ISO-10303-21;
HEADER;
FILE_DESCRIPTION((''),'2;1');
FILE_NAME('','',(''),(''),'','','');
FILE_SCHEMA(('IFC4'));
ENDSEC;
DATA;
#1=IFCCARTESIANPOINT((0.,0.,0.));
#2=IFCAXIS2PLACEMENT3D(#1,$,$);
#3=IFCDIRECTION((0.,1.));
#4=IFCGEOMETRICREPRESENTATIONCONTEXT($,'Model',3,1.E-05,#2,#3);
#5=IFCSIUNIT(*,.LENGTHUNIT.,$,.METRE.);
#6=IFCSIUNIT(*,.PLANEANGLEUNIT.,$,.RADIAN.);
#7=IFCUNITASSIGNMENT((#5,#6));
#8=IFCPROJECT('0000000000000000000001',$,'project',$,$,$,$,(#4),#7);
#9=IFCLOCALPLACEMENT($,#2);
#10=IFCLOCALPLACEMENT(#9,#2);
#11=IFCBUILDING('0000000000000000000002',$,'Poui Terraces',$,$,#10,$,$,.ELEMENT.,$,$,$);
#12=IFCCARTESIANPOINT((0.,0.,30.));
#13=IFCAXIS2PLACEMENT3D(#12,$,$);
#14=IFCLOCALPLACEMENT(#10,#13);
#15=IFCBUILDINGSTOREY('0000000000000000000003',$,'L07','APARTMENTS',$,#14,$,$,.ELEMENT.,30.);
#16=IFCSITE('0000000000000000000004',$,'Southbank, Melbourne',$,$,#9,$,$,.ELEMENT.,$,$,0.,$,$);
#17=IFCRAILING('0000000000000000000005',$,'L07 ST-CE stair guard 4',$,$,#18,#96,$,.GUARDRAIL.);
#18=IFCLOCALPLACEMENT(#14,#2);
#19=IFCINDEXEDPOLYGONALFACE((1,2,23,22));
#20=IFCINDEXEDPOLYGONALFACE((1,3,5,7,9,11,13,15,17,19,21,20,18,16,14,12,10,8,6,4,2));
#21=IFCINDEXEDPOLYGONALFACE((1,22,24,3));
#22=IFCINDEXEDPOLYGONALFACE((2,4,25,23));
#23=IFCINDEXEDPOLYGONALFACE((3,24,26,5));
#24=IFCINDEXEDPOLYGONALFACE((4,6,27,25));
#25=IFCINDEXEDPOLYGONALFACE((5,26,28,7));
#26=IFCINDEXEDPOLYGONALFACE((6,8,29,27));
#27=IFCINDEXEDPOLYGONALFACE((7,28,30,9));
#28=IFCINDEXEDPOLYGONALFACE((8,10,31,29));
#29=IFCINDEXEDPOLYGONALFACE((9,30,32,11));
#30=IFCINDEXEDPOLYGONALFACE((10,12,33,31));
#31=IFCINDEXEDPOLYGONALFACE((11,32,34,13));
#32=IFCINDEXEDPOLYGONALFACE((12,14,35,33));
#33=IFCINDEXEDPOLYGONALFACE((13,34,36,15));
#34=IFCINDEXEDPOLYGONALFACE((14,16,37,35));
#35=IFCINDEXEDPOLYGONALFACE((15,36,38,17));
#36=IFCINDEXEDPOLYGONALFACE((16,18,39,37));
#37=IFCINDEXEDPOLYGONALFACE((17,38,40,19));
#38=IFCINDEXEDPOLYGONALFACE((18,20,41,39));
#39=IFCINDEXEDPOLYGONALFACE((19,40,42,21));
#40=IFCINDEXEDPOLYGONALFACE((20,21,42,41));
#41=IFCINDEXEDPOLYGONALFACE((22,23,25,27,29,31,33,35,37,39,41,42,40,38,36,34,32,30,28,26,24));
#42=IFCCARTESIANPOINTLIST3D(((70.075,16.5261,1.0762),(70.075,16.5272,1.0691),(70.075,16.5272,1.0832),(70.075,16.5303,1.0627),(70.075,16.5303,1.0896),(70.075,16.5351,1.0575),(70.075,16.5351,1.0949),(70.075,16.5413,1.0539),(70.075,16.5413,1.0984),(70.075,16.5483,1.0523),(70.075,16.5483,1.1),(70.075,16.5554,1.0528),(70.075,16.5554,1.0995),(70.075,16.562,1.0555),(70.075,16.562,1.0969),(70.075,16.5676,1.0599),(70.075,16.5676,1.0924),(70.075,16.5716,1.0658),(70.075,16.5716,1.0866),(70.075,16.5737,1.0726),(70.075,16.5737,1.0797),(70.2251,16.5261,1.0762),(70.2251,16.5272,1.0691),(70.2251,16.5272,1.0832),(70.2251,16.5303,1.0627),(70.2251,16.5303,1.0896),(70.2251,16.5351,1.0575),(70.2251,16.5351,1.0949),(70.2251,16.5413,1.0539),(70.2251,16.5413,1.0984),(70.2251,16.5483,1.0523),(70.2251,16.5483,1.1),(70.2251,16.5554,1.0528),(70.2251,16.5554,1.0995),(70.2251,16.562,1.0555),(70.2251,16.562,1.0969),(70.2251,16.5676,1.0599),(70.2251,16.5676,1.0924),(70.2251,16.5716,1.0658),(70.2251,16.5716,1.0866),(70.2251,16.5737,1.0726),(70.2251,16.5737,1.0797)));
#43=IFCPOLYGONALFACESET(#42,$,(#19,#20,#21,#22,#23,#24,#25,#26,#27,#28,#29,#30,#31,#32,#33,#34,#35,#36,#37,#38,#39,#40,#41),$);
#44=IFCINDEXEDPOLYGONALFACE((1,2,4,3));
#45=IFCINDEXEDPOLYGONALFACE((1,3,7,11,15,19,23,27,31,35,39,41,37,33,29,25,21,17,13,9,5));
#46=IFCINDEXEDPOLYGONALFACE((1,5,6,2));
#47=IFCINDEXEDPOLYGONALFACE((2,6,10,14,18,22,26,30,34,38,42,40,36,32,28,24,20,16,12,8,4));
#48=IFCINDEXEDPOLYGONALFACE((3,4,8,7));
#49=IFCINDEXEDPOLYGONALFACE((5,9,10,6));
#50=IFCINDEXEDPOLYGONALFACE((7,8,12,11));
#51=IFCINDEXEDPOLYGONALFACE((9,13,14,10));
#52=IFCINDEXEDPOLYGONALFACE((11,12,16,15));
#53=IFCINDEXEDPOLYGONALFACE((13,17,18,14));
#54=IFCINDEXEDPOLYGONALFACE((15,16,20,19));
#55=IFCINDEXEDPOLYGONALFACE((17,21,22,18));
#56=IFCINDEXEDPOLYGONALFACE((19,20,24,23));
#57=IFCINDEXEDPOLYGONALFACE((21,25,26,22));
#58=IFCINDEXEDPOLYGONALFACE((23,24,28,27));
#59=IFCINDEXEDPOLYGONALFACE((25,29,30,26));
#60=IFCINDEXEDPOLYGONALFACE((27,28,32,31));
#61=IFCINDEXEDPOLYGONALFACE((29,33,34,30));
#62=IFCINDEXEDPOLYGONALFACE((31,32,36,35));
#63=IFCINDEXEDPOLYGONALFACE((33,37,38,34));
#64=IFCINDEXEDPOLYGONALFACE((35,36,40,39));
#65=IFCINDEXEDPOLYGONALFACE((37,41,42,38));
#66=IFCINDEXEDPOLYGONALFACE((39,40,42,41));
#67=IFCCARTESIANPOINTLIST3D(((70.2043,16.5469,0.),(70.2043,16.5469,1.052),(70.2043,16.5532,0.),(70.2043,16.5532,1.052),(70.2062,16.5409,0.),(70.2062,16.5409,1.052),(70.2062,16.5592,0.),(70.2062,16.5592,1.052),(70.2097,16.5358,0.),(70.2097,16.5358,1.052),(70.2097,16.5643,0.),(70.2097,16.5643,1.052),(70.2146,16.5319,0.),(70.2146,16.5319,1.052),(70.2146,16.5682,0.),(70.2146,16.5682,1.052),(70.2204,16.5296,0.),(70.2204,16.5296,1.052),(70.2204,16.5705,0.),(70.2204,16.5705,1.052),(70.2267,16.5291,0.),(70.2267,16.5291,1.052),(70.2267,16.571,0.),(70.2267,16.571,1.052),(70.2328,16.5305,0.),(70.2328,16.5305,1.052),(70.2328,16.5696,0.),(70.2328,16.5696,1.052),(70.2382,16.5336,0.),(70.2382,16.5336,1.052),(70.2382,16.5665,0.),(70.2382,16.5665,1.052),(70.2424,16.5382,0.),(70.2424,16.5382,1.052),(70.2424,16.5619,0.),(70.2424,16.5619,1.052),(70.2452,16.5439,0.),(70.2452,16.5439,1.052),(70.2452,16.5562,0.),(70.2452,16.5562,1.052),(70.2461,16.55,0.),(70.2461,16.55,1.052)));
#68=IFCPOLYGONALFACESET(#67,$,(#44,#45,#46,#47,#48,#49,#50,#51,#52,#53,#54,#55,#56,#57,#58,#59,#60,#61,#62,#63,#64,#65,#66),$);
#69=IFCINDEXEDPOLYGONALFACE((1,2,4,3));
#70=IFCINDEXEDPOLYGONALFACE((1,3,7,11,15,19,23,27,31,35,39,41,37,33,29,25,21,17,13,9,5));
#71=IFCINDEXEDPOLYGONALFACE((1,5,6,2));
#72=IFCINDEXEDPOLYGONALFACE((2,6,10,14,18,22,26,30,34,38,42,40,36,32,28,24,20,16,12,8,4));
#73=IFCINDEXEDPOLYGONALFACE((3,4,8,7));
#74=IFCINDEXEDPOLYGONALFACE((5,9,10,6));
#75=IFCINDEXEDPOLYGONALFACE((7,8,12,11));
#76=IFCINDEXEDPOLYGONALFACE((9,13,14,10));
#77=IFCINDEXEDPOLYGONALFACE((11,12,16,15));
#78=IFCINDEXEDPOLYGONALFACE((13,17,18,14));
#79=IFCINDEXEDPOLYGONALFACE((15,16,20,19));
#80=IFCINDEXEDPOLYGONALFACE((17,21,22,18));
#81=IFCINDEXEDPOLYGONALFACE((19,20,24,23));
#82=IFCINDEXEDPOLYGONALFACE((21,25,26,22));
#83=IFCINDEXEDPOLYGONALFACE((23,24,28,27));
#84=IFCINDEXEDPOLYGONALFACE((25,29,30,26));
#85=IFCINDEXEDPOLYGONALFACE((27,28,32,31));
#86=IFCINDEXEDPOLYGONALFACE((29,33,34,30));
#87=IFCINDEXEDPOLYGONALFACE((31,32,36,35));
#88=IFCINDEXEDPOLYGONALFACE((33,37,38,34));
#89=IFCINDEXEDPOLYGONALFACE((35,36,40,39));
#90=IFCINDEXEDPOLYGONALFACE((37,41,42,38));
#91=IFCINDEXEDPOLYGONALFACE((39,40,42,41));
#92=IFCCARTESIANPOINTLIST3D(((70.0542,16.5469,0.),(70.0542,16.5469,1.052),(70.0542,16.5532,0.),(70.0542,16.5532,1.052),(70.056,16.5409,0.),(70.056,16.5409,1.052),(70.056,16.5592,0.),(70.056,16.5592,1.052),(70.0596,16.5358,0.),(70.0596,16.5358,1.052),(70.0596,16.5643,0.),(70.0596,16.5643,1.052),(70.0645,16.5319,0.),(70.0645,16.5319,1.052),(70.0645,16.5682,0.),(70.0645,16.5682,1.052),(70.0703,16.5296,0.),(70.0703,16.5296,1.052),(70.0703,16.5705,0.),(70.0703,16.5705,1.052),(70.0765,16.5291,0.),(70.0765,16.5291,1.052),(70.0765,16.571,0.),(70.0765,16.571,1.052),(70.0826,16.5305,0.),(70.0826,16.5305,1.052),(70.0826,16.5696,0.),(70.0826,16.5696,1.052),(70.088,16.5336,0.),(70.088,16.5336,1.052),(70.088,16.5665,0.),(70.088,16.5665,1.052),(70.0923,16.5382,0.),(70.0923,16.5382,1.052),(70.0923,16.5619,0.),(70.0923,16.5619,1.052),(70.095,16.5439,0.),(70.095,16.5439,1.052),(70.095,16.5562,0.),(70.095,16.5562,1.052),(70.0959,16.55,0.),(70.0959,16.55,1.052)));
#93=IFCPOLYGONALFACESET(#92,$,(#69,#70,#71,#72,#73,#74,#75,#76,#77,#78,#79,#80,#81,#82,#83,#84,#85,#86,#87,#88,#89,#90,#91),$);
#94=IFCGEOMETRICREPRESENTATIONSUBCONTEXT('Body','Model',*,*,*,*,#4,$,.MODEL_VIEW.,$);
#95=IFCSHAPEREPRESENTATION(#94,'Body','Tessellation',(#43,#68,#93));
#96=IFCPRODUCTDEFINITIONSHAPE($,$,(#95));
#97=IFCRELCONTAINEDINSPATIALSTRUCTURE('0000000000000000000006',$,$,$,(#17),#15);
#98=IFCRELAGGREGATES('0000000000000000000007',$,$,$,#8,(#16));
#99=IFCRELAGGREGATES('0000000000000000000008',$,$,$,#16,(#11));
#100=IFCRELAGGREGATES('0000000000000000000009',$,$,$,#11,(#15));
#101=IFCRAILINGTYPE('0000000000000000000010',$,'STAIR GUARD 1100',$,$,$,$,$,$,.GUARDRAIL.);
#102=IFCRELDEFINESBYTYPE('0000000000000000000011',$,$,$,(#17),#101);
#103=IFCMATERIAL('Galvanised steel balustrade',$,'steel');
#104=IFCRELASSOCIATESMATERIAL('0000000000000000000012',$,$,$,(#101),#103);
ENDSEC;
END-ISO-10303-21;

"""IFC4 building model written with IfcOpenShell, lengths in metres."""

from ifc_helpers import new_model, si_unit, direction, frame, origin, origin_2d, place, context, subcontext, project, spatial, circle, extrude, material, type_object, element, save


model = new_model("IFC4")

# Units and contexts
model_context = context("Model", 3, precision=1e-05, world=origin(), true_north=direction((0.0, 1.0)))
body_context = subcontext(model_context, "Body", "Model", "MODEL_VIEW")
ifc_project = project(units=[si_unit("LENGTHUNIT", "METRE"), si_unit("PLANEANGLEUNIT", "RADIAN")], contexts=[model_context])

# Site, building, storey
site_placement = place(None, origin())
site = spatial("IfcSite", under=ifc_project, at=site_placement, Name="Southbank, Melbourne", CompositionType="ELEMENT", RefElevation=0.0)
building_placement = place(site_placement, origin())
building = spatial("IfcBuilding", under=site, at=building_placement, Name="Poui Terraces", CompositionType="ELEMENT")
storey_placement = place(building_placement, frame((0.0, 0.0, 30.0)))
storey = spatial("IfcBuildingStorey", under=building, at=storey_placement, Name="L07", Description="APARTMENTS", CompositionType="ELEMENT", Elevation=30.0)

# Railing
ifc_material_1 = material(Name="Galvanised steel balustrade", Category="steel")
railing_type_1 = type_object("IfcRailingType", Name="STAIR GUARD 1100", PredefinedType="GUARDRAIL", material=ifc_material_1)
railing_1_placement = place(storey_placement, frame((70.2251, 16.55, 0.0)))
element("IfcRailing", 1, at=railing_1_placement, inside=storey, type_object=railing_type_1, Name="L07 ST-CE stair guard 4", PredefinedType="GUARDRAIL", context=body_context, shape_type="SweptSolid", body=[
    extrude(circle(Radius=0.0239, at=origin_2d()), frame((0.0, 0.0, 1.0762), z_axis=(-1.0, 0.0, 0.0), x_axis=(0.0, -1.0, 0.0)), (0.0, 0.0, 1.0), 0.1501),
    extrude(circle(Radius=0.021, at=origin_2d()), origin(), (0.0, 0.0, 1.0), 1.052),
    extrude(circle(Radius=0.021, at=origin_2d()), frame((-0.1501, 0.0, 0.0)), (0.0, 0.0, 1.0), 1.052),
])

save(model, "model.ifc")
